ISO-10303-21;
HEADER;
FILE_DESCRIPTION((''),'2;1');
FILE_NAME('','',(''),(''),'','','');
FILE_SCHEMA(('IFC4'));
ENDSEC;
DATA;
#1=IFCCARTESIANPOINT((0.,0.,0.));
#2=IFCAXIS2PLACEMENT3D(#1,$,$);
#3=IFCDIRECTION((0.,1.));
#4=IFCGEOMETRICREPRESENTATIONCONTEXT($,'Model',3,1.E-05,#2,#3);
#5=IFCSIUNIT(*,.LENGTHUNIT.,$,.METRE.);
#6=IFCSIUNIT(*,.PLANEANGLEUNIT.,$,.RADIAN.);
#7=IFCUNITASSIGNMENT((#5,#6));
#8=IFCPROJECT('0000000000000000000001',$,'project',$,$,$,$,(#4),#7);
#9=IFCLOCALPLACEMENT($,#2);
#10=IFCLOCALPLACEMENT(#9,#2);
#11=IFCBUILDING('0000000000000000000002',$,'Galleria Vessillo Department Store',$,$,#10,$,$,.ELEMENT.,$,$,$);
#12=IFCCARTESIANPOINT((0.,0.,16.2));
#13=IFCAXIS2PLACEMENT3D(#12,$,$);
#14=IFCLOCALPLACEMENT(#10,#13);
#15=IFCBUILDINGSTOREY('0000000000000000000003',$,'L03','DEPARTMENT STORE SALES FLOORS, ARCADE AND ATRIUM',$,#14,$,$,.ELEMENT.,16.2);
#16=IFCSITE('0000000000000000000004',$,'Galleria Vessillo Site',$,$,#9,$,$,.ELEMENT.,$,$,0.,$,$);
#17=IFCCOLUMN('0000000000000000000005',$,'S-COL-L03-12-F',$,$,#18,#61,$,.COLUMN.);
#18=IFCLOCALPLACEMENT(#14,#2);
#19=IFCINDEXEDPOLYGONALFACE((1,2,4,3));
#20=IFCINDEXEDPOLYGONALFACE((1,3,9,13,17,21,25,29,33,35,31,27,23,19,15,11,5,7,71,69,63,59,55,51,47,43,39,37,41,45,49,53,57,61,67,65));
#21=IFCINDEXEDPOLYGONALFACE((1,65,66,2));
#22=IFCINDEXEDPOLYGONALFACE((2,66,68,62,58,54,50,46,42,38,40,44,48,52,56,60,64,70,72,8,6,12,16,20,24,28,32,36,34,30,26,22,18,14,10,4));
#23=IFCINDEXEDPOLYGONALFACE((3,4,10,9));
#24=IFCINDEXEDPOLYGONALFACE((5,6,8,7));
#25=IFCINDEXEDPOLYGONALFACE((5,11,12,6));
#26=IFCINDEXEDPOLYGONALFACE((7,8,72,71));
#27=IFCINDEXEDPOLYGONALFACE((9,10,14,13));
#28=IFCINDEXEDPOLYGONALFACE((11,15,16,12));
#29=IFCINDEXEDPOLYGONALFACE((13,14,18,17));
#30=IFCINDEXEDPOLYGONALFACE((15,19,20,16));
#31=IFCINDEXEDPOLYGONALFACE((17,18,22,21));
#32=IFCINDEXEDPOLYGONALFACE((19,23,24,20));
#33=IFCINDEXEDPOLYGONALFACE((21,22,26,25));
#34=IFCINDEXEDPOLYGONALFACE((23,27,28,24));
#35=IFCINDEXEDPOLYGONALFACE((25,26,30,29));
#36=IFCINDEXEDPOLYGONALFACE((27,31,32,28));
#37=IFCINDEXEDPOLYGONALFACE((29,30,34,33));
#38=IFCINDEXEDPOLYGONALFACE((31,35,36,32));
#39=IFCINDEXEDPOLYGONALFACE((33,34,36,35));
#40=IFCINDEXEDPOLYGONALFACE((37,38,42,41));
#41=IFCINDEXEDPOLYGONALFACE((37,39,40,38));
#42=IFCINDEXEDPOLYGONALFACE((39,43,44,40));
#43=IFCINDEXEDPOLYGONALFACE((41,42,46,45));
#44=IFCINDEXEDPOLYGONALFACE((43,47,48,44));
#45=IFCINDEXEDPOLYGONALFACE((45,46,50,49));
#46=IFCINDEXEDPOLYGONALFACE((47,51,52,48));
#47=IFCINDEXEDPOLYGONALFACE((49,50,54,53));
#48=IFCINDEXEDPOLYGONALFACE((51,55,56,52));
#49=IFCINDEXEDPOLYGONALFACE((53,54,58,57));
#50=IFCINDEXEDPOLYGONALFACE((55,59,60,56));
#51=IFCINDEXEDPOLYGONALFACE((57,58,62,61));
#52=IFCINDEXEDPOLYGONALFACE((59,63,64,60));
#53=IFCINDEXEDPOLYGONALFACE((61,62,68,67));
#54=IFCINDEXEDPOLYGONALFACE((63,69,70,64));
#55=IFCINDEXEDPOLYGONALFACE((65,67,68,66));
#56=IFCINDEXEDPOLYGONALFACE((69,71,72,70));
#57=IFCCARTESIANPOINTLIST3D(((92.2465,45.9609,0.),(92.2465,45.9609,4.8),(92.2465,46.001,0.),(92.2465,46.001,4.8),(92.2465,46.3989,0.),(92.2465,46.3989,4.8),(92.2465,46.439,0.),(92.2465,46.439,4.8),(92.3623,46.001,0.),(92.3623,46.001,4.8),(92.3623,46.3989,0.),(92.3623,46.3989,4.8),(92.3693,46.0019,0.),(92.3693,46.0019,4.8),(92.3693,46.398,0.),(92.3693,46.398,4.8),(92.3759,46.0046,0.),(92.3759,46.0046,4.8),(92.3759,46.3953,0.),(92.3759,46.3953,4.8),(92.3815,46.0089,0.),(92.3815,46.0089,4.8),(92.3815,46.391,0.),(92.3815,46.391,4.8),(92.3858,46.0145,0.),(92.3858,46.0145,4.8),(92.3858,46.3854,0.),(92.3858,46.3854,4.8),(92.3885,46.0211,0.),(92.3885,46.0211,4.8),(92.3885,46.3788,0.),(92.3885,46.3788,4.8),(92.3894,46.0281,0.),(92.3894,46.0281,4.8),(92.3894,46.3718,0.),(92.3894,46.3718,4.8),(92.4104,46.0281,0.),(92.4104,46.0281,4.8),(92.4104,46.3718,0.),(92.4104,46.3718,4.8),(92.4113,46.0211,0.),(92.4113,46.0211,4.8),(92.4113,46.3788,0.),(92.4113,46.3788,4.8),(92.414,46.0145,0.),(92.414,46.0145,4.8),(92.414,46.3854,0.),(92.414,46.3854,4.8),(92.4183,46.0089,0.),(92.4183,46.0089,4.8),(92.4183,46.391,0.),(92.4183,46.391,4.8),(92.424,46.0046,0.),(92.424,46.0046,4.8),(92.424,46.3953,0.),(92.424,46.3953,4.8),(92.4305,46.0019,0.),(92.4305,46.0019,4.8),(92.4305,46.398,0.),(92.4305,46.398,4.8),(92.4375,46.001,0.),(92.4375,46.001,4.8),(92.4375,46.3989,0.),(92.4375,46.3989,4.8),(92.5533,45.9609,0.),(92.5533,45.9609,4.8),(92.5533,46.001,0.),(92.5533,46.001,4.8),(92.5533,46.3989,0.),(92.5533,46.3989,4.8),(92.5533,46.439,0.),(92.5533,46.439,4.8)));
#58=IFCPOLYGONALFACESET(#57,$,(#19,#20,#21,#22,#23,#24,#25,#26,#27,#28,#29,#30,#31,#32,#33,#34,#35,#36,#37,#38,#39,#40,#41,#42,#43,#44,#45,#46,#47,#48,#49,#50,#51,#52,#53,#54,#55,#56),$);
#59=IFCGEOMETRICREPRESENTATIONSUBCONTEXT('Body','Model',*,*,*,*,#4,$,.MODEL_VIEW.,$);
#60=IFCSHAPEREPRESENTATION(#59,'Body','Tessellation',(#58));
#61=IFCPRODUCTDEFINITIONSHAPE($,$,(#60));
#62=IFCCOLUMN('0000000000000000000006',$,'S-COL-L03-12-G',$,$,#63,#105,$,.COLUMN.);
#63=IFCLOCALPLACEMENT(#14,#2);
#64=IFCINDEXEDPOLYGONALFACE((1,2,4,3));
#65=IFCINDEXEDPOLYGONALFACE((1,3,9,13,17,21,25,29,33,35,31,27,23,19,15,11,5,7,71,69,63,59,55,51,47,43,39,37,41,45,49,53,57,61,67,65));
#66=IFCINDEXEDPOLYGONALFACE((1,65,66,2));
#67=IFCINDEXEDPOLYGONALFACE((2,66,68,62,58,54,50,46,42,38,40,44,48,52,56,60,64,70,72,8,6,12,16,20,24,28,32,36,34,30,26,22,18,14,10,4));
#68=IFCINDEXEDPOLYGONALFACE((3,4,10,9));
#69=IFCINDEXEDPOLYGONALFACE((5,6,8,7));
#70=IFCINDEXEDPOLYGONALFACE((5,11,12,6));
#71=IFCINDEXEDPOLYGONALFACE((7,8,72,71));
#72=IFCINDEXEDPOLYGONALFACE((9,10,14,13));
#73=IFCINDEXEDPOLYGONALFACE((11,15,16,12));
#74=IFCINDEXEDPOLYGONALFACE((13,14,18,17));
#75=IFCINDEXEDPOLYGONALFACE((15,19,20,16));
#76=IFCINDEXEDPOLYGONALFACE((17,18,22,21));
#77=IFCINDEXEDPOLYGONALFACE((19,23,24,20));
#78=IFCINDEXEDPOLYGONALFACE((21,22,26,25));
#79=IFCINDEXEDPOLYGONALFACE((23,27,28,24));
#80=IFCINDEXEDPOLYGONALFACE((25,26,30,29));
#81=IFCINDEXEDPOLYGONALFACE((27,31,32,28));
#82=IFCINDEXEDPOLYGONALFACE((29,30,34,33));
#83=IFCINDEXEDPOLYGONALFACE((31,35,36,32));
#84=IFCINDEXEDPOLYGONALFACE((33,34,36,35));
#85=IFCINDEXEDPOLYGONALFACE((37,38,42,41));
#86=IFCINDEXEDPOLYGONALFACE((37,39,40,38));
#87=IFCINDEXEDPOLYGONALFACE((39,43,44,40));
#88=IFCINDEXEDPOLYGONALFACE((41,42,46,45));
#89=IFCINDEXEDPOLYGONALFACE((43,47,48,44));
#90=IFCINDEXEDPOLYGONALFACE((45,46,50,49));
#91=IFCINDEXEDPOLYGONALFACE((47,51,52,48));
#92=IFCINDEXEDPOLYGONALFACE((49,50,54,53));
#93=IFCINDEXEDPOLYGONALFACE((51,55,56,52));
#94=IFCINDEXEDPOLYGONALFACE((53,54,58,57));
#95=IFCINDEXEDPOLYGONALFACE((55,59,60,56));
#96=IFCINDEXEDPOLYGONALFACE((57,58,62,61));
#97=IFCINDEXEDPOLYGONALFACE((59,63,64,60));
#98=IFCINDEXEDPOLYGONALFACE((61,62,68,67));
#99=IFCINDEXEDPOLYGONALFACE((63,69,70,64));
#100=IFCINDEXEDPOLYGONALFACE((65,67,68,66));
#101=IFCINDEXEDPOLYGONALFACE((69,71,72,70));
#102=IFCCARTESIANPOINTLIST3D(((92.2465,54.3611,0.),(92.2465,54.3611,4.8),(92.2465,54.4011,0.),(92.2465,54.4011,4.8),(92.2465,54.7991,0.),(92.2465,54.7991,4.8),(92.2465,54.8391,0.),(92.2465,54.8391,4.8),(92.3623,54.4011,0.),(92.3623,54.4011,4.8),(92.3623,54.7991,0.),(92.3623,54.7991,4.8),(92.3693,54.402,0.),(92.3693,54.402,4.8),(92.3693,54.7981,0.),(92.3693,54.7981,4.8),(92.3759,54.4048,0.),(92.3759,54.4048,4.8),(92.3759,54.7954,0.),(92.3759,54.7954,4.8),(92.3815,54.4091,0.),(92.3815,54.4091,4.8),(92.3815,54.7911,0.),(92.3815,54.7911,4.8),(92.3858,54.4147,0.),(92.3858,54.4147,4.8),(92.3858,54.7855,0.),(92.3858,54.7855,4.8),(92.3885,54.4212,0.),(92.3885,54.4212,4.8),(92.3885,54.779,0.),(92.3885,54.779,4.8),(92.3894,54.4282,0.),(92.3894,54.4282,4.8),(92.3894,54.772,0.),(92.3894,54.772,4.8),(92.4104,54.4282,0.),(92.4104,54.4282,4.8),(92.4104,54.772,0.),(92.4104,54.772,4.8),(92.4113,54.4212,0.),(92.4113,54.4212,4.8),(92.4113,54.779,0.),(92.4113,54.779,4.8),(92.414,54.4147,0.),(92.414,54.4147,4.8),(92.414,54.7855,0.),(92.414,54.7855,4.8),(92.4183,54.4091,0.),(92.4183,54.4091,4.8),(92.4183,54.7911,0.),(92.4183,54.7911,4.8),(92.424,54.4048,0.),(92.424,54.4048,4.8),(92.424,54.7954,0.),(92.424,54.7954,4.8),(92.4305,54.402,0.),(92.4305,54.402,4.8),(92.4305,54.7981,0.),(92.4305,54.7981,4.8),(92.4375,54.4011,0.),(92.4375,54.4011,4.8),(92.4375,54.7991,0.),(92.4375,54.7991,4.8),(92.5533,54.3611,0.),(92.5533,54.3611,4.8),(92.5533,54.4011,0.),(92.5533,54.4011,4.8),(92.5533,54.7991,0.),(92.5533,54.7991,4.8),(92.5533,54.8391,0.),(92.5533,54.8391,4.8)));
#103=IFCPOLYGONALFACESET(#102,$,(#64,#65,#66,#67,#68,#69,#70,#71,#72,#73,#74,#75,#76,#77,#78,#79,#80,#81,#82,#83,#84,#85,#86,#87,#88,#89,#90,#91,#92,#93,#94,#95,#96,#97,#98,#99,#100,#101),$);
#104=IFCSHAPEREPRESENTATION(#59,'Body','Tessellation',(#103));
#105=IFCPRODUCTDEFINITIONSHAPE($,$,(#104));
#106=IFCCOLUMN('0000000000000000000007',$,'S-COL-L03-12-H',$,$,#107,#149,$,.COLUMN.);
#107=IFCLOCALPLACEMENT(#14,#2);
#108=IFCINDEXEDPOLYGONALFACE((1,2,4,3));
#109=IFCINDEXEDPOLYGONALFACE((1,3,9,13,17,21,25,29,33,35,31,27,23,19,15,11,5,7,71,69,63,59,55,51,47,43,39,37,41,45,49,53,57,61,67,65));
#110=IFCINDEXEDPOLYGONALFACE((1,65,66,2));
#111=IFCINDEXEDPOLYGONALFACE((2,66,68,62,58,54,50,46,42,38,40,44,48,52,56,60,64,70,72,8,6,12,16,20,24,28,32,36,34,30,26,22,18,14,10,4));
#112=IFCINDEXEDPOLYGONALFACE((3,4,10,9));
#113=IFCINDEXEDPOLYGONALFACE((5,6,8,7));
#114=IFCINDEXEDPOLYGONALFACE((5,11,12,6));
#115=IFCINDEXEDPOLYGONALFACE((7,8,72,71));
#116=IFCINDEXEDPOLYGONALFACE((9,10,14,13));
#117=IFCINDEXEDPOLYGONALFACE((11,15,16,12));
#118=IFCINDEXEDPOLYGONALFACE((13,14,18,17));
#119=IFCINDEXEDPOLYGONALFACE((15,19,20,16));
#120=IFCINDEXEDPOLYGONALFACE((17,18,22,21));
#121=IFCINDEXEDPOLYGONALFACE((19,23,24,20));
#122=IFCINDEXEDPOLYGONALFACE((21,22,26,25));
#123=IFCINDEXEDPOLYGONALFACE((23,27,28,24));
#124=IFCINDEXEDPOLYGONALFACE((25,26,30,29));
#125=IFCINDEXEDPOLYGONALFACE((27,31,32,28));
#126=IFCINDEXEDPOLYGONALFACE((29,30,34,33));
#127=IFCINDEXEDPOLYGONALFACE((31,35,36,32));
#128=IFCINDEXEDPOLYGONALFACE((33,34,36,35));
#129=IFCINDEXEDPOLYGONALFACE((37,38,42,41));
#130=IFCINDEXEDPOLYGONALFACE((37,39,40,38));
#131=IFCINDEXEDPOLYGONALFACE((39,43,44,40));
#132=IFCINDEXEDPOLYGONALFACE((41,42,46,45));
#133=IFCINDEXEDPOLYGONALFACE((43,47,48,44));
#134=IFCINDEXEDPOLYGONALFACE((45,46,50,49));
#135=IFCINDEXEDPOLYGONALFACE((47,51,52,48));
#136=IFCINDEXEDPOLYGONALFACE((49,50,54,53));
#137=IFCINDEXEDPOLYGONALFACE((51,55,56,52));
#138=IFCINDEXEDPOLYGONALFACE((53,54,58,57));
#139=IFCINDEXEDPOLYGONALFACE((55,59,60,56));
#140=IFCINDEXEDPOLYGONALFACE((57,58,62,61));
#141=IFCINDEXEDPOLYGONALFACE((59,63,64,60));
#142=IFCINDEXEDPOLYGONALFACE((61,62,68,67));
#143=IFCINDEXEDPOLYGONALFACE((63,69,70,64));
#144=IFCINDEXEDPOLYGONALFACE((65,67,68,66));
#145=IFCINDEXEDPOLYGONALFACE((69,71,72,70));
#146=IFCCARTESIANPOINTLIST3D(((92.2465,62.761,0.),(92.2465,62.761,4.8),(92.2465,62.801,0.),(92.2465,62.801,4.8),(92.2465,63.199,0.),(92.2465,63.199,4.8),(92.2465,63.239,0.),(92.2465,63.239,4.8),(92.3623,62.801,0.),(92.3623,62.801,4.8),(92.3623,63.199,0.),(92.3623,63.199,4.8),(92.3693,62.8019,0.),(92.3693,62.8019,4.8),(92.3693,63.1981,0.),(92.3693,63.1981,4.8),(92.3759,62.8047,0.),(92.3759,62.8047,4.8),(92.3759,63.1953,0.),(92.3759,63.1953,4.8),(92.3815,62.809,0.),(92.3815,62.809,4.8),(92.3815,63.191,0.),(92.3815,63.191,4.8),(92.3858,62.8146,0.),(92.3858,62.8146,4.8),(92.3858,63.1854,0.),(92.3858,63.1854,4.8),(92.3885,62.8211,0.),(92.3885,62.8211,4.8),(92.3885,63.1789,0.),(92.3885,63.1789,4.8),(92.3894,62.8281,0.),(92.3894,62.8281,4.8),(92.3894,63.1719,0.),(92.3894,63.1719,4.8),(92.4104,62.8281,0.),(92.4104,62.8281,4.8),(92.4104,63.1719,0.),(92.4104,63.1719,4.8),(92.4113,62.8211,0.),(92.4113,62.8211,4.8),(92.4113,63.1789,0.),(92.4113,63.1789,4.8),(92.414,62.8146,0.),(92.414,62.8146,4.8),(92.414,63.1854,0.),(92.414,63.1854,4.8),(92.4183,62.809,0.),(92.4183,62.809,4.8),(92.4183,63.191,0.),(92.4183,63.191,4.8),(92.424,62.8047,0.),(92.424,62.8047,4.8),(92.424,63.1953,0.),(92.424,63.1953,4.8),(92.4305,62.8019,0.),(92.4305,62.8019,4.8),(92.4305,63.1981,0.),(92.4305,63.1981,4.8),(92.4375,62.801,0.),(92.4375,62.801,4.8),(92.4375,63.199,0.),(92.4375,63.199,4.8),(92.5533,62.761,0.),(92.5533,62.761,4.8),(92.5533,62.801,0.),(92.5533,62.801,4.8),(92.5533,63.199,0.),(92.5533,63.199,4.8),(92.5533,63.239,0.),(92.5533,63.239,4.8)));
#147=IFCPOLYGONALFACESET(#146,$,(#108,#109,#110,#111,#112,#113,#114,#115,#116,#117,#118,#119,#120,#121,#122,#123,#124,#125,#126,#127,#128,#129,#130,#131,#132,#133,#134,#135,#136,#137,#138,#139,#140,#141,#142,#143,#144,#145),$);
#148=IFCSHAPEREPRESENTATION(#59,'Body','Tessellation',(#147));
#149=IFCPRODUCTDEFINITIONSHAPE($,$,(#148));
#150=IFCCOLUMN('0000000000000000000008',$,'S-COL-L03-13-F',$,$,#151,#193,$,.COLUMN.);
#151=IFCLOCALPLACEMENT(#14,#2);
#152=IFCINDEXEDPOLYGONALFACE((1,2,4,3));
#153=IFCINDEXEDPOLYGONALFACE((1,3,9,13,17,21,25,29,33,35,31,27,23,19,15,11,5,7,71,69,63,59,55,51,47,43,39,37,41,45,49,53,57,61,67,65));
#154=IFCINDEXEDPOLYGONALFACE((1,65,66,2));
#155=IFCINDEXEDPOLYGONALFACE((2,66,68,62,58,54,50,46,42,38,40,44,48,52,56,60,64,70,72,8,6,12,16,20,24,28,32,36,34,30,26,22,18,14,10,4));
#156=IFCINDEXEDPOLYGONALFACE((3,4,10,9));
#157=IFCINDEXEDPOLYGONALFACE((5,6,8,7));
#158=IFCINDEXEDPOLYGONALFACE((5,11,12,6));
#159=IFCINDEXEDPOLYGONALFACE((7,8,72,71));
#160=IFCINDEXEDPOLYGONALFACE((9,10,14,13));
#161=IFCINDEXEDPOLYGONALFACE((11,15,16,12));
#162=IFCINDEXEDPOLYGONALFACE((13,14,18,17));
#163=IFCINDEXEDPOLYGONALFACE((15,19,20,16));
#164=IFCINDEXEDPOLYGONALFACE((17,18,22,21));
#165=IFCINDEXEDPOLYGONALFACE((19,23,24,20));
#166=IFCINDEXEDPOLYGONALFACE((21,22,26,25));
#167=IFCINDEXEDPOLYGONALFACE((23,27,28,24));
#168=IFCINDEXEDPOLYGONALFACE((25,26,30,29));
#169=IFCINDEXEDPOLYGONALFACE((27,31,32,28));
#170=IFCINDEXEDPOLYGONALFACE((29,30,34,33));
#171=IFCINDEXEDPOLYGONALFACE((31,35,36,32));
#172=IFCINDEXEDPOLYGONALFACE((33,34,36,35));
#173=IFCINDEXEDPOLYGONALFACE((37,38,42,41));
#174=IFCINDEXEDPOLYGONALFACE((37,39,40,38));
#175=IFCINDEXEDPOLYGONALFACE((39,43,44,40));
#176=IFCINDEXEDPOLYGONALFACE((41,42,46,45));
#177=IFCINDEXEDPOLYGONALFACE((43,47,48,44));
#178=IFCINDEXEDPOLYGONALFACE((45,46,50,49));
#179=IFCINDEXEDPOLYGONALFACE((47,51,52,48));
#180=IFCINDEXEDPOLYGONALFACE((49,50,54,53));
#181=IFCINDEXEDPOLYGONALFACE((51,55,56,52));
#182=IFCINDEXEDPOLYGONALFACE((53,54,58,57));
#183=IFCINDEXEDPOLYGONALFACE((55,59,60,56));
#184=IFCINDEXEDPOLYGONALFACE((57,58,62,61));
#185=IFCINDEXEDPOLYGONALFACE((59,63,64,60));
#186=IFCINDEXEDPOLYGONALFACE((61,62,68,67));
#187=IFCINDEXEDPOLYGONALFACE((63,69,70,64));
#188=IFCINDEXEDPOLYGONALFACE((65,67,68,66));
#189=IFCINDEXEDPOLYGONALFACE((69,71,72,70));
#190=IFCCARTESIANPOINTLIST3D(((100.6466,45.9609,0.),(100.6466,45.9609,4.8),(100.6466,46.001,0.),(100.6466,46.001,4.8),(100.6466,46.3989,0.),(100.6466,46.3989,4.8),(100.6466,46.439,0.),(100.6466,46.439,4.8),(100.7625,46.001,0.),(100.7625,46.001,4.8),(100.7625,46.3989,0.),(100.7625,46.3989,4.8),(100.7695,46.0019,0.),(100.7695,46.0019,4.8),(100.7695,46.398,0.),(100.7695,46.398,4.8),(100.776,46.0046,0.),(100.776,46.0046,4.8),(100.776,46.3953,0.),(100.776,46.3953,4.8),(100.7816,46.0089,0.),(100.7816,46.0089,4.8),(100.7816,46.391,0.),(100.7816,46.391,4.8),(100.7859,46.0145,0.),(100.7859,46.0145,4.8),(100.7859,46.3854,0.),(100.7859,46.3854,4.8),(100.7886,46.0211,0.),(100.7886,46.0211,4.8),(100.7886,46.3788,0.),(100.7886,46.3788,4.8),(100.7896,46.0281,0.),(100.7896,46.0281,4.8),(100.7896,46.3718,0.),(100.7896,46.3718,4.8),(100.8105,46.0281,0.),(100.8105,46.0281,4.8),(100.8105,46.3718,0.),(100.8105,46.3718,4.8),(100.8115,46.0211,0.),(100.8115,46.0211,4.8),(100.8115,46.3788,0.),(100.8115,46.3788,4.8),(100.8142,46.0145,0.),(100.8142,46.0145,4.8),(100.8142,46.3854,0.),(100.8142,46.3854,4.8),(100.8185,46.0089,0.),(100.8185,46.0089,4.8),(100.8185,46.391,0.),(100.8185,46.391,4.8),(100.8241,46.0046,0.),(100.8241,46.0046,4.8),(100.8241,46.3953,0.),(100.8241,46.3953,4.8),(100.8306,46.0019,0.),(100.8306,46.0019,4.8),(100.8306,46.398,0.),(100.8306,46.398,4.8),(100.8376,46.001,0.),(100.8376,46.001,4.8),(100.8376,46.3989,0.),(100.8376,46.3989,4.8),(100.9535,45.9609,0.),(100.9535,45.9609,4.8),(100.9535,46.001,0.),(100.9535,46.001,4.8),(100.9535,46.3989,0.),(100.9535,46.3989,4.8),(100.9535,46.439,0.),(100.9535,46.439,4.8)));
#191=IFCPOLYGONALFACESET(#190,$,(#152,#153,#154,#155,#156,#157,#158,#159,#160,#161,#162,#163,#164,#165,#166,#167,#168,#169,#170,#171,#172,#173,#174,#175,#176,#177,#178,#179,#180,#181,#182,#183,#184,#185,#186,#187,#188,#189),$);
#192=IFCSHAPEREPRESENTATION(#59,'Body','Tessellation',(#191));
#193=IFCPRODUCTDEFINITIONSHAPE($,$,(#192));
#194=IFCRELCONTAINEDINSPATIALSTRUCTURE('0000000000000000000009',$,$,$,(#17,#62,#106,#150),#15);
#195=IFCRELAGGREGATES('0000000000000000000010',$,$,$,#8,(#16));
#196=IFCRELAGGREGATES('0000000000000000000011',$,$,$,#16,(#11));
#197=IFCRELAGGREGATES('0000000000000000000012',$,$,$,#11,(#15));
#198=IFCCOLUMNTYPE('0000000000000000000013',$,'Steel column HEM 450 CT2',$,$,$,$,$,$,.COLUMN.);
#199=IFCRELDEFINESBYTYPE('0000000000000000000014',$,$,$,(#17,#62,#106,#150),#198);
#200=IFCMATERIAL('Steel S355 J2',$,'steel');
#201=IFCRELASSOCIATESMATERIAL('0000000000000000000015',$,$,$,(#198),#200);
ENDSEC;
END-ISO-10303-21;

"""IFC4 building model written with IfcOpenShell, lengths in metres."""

from ifc_helpers import new_model, si_unit, direction, frame, origin, origin_2d, place, context, subcontext, project, spatial, i_section, extrude, material, material_profile, profile_set, type_object, element, save


model = new_model("IFC4")

# Units and contexts
model_context = context("Model", 3, precision=1e-05, world=origin(), true_north=direction((0.0, 1.0)))
body_context = subcontext(model_context, "Body", "Model", "MODEL_VIEW")
ifc_project = project(units=[si_unit("LENGTHUNIT", "METRE"), si_unit("PLANEANGLEUNIT", "RADIAN")], contexts=[model_context])

# Site, building, storey
site_placement = place(None, origin())
site = spatial("IfcSite", under=ifc_project, at=site_placement, Name="Galleria Vessillo Site", CompositionType="ELEMENT", RefElevation=0.0)
building_placement = place(site_placement, origin())
building = spatial("IfcBuilding", under=site, at=building_placement, Name="Galleria Vessillo Department Store", CompositionType="ELEMENT")
storey_placement = place(building_placement, frame((0.0, 0.0, 16.2)))
storey = spatial("IfcBuildingStorey", under=building, at=storey_placement, Name="L03", Description="DEPARTMENT STORE SALES FLOORS, ARCADE AND ATRIUM", CompositionType="ELEMENT", Elevation=16.2)

# Columns
ifc_material_1 = material(Name="Steel S355 J2", Category="steel")
ifc_material_profile_1 = material_profile(ifc_material_1, i_section(OverallWidth=0.3069, OverallDepth=0.478, WebThickness=0.021, FlangeThickness=0.04, FilletRadius=0.0271, at=origin_2d()), Name="HEM 450")
ifc_profile_set_1 = profile_set([ifc_material_profile_1], Name="Steel S355 J2")
column_type = type_object("IfcColumnType", Name="Steel column HEM 450 CT2", PredefinedType="COLUMN", material=ifc_profile_set_1)
for number, where, z_axis, x_axis, name in (
    (1, (92.3999, 46.2, 0.0), (0.0, 0.0, 1.0), (1.0, 0.0, 0.0), "S-COL-L03-12-F"),
    (2, (92.3999, 54.6001, 0.0), (0.0, 0.0, 1.0), (1.0, 0.0, 0.0), "S-COL-L03-12-G"),
    (3, (92.3999, 63.0, 0.0), (0.0, 0.0, 1.0), (1.0, 0.0, 0.0), "S-COL-L03-12-H"),
    (4, (100.8, 46.2, 0.0), (0.0, 0.0, 1.0), (1.0, 0.0, 0.0), "S-COL-L03-13-F"),
):
    element("IfcColumn", number, at=place(storey_placement, frame(where, z_axis=z_axis, x_axis=x_axis)), inside=storey, type_object=column_type, Name=name, PredefinedType="COLUMN", context=body_context, shape_type="SweptSolid", body=[
        extrude(i_section(OverallWidth=0.3069, OverallDepth=0.478, WebThickness=0.021, FlangeThickness=0.04, FilletRadius=0.0271, at=origin_2d()), origin(), (0.0, 0.0, 1.0), 4.8),
    ])

save(model, "model.ifc")
